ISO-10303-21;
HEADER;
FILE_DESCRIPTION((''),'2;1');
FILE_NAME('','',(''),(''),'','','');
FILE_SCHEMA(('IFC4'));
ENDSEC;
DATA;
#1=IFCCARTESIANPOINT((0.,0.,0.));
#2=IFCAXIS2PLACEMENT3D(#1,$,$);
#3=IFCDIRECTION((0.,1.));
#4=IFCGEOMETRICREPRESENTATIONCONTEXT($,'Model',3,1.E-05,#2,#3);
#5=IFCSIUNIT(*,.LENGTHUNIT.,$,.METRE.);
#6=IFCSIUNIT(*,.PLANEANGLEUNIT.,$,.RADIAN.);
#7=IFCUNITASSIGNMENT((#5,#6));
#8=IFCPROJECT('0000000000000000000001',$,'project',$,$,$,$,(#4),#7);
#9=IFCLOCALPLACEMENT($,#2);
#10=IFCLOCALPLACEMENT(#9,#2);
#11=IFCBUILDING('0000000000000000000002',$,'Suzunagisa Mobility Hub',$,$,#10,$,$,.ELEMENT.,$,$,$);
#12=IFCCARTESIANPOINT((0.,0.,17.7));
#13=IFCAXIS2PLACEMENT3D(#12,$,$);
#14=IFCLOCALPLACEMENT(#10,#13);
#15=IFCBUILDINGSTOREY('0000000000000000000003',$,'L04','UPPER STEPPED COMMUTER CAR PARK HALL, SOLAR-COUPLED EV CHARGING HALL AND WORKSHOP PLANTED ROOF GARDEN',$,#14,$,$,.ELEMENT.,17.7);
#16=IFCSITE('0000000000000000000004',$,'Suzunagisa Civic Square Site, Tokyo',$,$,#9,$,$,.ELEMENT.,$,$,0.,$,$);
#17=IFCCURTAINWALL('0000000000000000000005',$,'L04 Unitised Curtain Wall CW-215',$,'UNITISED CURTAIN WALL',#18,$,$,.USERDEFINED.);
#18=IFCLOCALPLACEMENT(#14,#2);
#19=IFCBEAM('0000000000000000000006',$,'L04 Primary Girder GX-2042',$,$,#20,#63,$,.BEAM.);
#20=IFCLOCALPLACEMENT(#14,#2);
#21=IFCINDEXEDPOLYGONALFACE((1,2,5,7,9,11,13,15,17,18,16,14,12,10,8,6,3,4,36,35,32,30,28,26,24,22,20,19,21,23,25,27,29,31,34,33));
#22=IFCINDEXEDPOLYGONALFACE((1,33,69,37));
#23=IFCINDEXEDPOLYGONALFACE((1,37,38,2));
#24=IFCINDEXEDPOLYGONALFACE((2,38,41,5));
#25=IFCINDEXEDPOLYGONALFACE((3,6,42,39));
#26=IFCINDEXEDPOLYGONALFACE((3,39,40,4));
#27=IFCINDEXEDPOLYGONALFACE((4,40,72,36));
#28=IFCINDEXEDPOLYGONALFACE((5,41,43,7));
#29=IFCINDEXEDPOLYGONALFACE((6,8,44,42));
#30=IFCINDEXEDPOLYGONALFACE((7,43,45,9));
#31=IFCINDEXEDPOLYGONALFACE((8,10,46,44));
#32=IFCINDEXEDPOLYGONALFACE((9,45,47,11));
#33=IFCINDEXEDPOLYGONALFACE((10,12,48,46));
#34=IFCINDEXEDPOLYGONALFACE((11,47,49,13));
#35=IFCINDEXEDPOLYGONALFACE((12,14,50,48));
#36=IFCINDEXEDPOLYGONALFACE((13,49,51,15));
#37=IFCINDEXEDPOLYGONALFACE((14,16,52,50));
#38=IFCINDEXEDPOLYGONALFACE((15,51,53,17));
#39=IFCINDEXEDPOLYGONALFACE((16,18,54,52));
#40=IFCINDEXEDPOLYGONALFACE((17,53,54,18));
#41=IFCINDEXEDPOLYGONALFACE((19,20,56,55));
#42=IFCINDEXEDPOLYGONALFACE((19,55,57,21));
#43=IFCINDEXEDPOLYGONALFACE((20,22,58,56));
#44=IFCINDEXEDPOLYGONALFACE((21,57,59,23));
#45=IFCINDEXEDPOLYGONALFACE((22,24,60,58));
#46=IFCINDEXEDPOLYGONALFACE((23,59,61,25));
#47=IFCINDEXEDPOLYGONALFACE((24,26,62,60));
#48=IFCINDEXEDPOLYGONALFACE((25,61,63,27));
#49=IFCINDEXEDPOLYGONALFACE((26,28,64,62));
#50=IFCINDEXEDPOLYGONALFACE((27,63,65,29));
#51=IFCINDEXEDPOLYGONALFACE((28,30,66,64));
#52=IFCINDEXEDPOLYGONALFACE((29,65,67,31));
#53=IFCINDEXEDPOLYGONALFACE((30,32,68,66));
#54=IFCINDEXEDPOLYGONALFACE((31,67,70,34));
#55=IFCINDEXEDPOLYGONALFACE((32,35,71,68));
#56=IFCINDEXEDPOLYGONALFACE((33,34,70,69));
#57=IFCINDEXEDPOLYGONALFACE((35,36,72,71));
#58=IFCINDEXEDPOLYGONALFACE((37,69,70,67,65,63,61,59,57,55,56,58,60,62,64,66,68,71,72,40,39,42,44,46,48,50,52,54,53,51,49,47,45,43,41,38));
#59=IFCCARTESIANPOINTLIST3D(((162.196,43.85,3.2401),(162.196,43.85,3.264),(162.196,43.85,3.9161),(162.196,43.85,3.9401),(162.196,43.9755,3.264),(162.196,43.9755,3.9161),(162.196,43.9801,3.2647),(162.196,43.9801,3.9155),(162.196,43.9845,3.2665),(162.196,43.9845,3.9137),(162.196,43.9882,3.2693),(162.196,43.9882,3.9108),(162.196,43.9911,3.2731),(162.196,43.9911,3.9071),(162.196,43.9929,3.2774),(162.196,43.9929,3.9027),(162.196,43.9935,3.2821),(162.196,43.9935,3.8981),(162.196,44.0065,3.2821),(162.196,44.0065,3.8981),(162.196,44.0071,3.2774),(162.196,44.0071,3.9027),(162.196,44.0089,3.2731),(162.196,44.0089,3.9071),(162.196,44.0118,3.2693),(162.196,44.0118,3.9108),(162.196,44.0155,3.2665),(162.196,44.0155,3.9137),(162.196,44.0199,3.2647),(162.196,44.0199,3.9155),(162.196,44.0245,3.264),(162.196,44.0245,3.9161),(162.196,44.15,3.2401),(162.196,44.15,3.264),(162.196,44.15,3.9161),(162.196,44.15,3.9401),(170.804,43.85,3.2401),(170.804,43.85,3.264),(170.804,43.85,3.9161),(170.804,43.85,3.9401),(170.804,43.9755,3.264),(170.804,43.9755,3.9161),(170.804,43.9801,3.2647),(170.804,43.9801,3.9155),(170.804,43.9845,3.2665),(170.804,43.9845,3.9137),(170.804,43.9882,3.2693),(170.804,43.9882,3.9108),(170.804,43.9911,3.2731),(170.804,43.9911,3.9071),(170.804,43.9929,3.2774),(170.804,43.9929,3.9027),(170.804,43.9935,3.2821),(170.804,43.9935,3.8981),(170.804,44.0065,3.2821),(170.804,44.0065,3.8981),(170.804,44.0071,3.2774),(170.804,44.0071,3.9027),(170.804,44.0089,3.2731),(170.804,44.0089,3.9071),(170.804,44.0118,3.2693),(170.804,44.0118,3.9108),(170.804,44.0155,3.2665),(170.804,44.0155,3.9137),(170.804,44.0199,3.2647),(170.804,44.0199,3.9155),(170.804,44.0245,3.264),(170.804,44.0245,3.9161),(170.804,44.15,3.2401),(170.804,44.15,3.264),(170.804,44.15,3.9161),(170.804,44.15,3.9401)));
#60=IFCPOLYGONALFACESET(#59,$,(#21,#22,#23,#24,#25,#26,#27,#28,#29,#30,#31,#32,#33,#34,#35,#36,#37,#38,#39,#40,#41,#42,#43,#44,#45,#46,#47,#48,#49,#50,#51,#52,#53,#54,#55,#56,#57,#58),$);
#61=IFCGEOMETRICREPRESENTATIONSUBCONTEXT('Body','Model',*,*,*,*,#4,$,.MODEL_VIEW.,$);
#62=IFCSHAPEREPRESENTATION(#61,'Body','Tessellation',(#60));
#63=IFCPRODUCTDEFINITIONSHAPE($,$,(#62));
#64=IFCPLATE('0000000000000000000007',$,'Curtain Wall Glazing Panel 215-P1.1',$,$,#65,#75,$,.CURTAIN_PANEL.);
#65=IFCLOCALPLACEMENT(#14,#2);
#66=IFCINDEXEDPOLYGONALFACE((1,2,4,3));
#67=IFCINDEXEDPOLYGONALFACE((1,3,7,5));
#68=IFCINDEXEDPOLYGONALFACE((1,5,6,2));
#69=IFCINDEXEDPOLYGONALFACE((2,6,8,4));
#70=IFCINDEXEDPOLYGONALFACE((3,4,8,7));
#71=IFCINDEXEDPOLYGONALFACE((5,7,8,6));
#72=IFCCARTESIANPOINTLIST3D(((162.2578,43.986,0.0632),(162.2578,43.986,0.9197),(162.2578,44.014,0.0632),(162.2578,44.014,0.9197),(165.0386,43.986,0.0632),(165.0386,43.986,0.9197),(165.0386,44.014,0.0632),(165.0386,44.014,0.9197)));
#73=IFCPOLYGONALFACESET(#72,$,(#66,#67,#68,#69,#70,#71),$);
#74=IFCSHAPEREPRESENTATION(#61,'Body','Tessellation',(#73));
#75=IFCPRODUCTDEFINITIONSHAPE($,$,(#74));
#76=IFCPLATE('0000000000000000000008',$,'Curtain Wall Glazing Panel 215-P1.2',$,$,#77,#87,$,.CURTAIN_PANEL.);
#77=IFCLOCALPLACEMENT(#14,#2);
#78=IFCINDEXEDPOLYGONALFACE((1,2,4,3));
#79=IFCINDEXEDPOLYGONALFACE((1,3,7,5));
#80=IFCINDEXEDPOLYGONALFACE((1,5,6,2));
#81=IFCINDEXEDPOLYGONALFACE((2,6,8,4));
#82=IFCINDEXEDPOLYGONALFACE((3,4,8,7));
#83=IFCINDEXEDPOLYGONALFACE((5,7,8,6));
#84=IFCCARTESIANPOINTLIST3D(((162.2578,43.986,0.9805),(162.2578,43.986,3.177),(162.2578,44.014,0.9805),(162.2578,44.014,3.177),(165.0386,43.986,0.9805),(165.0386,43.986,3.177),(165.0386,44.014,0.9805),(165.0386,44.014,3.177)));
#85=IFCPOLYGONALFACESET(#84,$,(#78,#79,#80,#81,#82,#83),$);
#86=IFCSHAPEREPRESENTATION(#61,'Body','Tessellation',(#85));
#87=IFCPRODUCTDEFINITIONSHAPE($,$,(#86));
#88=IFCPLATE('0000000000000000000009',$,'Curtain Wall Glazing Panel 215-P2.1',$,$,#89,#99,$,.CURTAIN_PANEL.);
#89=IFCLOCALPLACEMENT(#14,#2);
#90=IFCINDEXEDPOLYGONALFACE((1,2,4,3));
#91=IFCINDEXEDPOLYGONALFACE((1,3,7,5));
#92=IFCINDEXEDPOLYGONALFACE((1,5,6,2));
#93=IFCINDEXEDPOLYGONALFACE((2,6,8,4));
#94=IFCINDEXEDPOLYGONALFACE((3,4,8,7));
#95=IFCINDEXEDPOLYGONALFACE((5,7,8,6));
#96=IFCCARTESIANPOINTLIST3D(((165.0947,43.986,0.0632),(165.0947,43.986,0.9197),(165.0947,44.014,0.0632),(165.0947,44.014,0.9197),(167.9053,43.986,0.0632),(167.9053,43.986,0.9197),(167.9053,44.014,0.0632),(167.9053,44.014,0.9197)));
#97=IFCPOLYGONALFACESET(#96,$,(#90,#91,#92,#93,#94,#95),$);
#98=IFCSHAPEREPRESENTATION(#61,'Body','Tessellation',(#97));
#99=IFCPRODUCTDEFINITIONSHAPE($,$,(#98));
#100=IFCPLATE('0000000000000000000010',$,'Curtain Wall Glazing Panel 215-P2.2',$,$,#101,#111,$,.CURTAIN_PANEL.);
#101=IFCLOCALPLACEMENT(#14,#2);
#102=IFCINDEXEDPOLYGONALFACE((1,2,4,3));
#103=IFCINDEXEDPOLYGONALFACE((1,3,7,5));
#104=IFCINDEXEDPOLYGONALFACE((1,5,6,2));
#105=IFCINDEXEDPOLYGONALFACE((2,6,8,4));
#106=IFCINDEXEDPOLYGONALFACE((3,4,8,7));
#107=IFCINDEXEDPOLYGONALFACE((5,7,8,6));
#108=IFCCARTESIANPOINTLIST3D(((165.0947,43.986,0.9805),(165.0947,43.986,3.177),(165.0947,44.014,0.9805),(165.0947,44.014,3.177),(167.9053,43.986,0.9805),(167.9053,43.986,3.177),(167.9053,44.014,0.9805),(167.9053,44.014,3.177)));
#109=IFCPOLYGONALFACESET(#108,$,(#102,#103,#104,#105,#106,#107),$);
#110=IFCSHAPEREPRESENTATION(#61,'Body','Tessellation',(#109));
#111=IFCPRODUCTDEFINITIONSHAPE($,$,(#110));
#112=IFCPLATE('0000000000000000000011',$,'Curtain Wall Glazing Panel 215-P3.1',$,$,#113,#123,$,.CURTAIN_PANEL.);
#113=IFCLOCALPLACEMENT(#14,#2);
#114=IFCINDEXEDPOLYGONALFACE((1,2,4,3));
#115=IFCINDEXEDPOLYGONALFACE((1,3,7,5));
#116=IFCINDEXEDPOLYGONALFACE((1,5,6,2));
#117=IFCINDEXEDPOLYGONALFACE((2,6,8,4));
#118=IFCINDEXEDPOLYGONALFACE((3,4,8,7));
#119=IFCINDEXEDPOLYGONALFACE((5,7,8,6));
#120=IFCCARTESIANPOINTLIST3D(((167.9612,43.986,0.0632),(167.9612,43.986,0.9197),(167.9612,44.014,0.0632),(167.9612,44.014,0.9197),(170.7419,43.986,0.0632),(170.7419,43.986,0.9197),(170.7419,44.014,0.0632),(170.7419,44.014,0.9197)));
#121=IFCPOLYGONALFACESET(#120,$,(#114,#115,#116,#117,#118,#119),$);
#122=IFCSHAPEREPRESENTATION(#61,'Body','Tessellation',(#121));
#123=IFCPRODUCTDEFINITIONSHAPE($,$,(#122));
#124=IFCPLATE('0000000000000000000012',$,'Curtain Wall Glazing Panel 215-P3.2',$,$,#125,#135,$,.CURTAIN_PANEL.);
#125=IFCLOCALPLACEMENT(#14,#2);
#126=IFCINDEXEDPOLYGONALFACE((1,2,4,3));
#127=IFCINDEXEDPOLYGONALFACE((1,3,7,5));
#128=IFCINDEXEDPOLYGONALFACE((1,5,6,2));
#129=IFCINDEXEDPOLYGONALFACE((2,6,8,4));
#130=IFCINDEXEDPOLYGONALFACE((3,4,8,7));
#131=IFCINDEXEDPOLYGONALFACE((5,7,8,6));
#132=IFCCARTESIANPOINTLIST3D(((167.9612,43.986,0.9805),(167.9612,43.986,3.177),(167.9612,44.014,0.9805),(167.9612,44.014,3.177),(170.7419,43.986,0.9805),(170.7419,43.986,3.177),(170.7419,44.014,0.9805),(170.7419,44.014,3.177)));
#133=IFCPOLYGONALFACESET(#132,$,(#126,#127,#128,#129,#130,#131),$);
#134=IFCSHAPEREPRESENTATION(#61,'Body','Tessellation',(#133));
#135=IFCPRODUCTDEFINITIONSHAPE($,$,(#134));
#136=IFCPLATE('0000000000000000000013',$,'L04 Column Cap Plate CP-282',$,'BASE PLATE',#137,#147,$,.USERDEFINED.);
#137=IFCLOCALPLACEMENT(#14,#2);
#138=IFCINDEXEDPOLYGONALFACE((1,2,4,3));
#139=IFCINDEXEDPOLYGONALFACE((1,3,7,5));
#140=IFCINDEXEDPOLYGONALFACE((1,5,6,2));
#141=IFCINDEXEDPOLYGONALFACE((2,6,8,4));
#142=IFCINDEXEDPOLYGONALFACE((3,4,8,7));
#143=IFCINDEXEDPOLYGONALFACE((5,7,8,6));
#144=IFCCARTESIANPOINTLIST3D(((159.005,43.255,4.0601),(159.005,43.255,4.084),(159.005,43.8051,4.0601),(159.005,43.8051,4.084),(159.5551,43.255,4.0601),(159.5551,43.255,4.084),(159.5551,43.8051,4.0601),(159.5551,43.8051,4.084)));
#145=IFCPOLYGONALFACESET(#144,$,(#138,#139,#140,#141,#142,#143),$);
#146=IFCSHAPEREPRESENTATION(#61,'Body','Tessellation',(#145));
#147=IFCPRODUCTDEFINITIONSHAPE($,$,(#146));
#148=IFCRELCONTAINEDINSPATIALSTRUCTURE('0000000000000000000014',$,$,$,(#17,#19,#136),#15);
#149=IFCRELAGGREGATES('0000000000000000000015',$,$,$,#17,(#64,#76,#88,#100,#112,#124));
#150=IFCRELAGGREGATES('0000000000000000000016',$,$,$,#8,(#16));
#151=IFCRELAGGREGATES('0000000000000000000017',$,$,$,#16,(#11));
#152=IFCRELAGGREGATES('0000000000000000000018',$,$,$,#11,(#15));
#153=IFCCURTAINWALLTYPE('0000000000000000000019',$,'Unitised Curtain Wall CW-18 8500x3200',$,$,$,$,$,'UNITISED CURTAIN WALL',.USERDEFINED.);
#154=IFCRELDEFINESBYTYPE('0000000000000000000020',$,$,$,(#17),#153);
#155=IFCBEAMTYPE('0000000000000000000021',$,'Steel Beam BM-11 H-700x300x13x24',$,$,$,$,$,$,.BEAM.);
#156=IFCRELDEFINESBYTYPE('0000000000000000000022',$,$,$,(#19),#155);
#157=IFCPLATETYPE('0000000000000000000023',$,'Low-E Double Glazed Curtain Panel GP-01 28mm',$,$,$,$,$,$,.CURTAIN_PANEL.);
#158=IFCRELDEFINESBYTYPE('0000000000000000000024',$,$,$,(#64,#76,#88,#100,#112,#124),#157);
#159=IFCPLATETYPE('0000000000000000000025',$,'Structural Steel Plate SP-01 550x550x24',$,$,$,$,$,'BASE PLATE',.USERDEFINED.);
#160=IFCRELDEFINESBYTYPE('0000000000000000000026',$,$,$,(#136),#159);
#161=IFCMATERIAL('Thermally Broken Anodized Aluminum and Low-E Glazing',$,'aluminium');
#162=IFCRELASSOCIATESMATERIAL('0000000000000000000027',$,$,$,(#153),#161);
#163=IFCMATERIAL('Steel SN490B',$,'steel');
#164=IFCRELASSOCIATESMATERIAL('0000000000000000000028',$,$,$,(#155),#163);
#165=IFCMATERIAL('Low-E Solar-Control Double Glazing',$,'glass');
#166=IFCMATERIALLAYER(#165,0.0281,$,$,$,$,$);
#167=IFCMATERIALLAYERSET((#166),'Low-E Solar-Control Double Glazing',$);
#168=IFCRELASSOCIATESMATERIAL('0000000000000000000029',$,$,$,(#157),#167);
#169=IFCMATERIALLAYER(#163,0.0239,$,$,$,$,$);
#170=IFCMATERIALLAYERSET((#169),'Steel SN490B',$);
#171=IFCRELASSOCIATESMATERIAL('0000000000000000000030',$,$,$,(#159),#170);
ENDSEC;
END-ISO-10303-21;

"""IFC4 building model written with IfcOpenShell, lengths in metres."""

from ifc_helpers import new_model, si_unit, direction, frame, origin, origin_2d, place, context, subcontext, project, spatial, rectangle, i_section, extrude, material, layer, layer_set, material_profile, profile_set, type_object, element, aggregate, save


model = new_model("IFC4")

# Units and contexts
model_context = context("Model", 3, precision=1e-05, world=origin(), true_north=direction((0.0, 1.0)))
body_context = subcontext(model_context, "Body", "Model", "MODEL_VIEW")
ifc_project = project(units=[si_unit("LENGTHUNIT", "METRE"), si_unit("PLANEANGLEUNIT", "RADIAN")], contexts=[model_context])

# Site, building, storey
site_placement = place(None, origin())
site = spatial("IfcSite", under=ifc_project, at=site_placement, Name="Suzunagisa Civic Square Site, Tokyo", CompositionType="ELEMENT", RefElevation=0.0)
building_placement = place(site_placement, origin())
building = spatial("IfcBuilding", under=site, at=building_placement, Name="Suzunagisa Mobility Hub", CompositionType="ELEMENT")
storey_placement = place(building_placement, frame((0.0, 0.0, 17.7)))
storey = spatial("IfcBuildingStorey", under=building, at=storey_placement, Name="L04", Description="UPPER STEPPED COMMUTER CAR PARK HALL, SOLAR-COUPLED EV CHARGING HALL AND WORKSHOP PLANTED ROOF GARDEN", CompositionType="ELEMENT", Elevation=17.7)

# Shared definitions
ifc_material_1 = material(Name="Steel SN490B", Category="steel")

# Curtain wall
ifc_material_2 = material(Name="Thermally Broken Anodized Aluminum and Low-E Glazing", Category="aluminium")
curtain_wall_type = type_object("IfcCurtainWallType", Name="Unitised Curtain Wall CW-18 8500x3200", ElementType="UNITISED CURTAIN WALL", PredefinedType="USERDEFINED", material=ifc_material_2)
curtain_wall_placement = place(storey_placement, origin())
curtain_wall = element("IfcCurtainWall", 1, at=curtain_wall_placement, inside=storey, type_object=curtain_wall_type, Name="L04 Unitised Curtain Wall CW-215", ObjectType="UNITISED CURTAIN WALL", PredefinedType="USERDEFINED")

# Beam
ifc_material_profile_1 = material_profile(ifc_material_1, i_section(OverallWidth=0.3, OverallDepth=0.7, WebThickness=0.0129, FlangeThickness=0.0239, FilletRadius=0.0181, at=origin_2d()), Name="H-700x300x13x24")
ifc_profile_set_1 = profile_set([ifc_material_profile_1], Name="Steel SN490B")
beam_type = type_object("IfcBeamType", Name="Steel Beam BM-11 H-700x300x13x24", PredefinedType="BEAM", material=ifc_profile_set_1)
beam_placement = place(storey_placement, frame((162.196, 44.0, 3.5901), z_axis=(1.0, 0.0, 0.0), x_axis=(0.0, 1.0, 0.0)))
element("IfcBeam", 2, at=beam_placement, inside=storey, type_object=beam_type, Name="L04 Primary Girder GX-2042", PredefinedType="BEAM", context=body_context, shape_type="SweptSolid", body=[
    extrude(i_section(OverallWidth=0.3, OverallDepth=0.7, WebThickness=0.0129, FlangeThickness=0.0239, FilletRadius=0.0181, at=origin_2d()), origin(), (0.0, 0.0, 1.0), 8.6079),
])

# Plates
ifc_material_3 = material(Name="Low-E Solar-Control Double Glazing", Category="glass")
ifc_layer_1 = layer(ifc_material_3, 0.0281)
ifc_layer_set_1 = layer_set([ifc_layer_1], Name="Low-E Solar-Control Double Glazing")
plate_type_1 = type_object("IfcPlateType", Name="Low-E Double Glazed Curtain Panel GP-01 28mm", PredefinedType="CURTAIN_PANEL", material=ifc_layer_set_1)
plate_1_placement = place(storey_placement, frame((163.6482, 44.0, 0.0632), z_axis=(0.0, 0.0, 1.0), x_axis=(1.0, 0.0, 0.0)))
plate_1 = element("IfcPlate", 3, at=plate_1_placement, type_object=plate_type_1, Name="Curtain Wall Glazing Panel 215-P1.1", PredefinedType="CURTAIN_PANEL", context=body_context, shape_type="SweptSolid", body=[
    extrude(rectangle(XDim=2.7808, YDim=0.0281, at=origin_2d()), origin(), (0.0, 0.0, 1.0), 0.8564),
])
plate_2_placement = place(storey_placement, frame((163.6482, 44.0, 0.9805), z_axis=(0.0, 0.0, 1.0), x_axis=(1.0, 0.0, 0.0)))
plate_2 = element("IfcPlate", 4, at=plate_2_placement, type_object=plate_type_1, Name="Curtain Wall Glazing Panel 215-P1.2", PredefinedType="CURTAIN_PANEL", context=body_context, shape_type="SweptSolid", body=[
    extrude(rectangle(XDim=2.7808, YDim=0.0281, at=origin_2d()), origin(), (0.0, 0.0, 1.0), 2.1965),
])
plate_3_placement = place(storey_placement, frame((166.5, 44.0, 0.0632), z_axis=(0.0, 0.0, 1.0), x_axis=(1.0, 0.0, 0.0)))
plate_3 = element("IfcPlate", 5, at=plate_3_placement, type_object=plate_type_1, Name="Curtain Wall Glazing Panel 215-P2.1", PredefinedType="CURTAIN_PANEL", context=body_context, shape_type="SweptSolid", body=[
    extrude(rectangle(XDim=2.8105, YDim=0.0281, at=origin_2d()), origin(), (0.0, 0.0, 1.0), 0.8564),
])
plate_4_placement = place(storey_placement, frame((166.5, 44.0, 0.9805), z_axis=(0.0, 0.0, 1.0), x_axis=(1.0, 0.0, 0.0)))
plate_4 = element("IfcPlate", 6, at=plate_4_placement, type_object=plate_type_1, Name="Curtain Wall Glazing Panel 215-P2.2", PredefinedType="CURTAIN_PANEL", context=body_context, shape_type="SweptSolid", body=[
    extrude(rectangle(XDim=2.8105, YDim=0.0281, at=origin_2d()), origin(), (0.0, 0.0, 1.0), 2.1965),
])
plate_5_placement = place(storey_placement, frame((169.3516, 44.0, 0.0632), z_axis=(0.0, 0.0, 1.0), x_axis=(1.0, 0.0, 0.0)))
plate_5 = element("IfcPlate", 7, at=plate_5_placement, type_object=plate_type_1, Name="Curtain Wall Glazing Panel 215-P3.1", PredefinedType="CURTAIN_PANEL", context=body_context, shape_type="SweptSolid", body=[
    extrude(rectangle(XDim=2.7808, YDim=0.0281, at=origin_2d()), origin(), (0.0, 0.0, 1.0), 0.8564),
])
plate_6_placement = place(storey_placement, frame((169.3516, 44.0, 0.9805), z_axis=(0.0, 0.0, 1.0), x_axis=(1.0, 0.0, 0.0)))
plate_6 = element("IfcPlate", 8, at=plate_6_placement, type_object=plate_type_1, Name="Curtain Wall Glazing Panel 215-P3.2", PredefinedType="CURTAIN_PANEL", context=body_context, shape_type="SweptSolid", body=[
    extrude(rectangle(XDim=2.7808, YDim=0.0281, at=origin_2d()), origin(), (0.0, 0.0, 1.0), 2.1965),
])
aggregate(curtain_wall, [plate_1, plate_2, plate_3, plate_4, plate_5, plate_6])
ifc_layer_2 = layer(ifc_material_1, 0.0239)
ifc_layer_set_2 = layer_set([ifc_layer_2], Name="Steel SN490B")
plate_type_2 = type_object("IfcPlateType", Name="Structural Steel Plate SP-01 550x550x24", ElementType="BASE PLATE", PredefinedType="USERDEFINED", material=ifc_layer_set_2)
plate_7_placement = place(storey_placement, frame((159.28, 43.53, 4.0601), z_axis=(0.0, 0.0, 1.0), x_axis=(1.0, 0.0, 0.0)))
element("IfcPlate", 9, at=plate_7_placement, inside=storey, type_object=plate_type_2, Name="L04 Column Cap Plate CP-282", ObjectType="BASE PLATE", PredefinedType="USERDEFINED", context=body_context, shape_type="SweptSolid", body=[
    extrude(rectangle(XDim=0.55, YDim=0.55, at=origin_2d()), origin(), (0.0, 0.0, 1.0), 0.0239),
])

save(model, "model.ifc")
